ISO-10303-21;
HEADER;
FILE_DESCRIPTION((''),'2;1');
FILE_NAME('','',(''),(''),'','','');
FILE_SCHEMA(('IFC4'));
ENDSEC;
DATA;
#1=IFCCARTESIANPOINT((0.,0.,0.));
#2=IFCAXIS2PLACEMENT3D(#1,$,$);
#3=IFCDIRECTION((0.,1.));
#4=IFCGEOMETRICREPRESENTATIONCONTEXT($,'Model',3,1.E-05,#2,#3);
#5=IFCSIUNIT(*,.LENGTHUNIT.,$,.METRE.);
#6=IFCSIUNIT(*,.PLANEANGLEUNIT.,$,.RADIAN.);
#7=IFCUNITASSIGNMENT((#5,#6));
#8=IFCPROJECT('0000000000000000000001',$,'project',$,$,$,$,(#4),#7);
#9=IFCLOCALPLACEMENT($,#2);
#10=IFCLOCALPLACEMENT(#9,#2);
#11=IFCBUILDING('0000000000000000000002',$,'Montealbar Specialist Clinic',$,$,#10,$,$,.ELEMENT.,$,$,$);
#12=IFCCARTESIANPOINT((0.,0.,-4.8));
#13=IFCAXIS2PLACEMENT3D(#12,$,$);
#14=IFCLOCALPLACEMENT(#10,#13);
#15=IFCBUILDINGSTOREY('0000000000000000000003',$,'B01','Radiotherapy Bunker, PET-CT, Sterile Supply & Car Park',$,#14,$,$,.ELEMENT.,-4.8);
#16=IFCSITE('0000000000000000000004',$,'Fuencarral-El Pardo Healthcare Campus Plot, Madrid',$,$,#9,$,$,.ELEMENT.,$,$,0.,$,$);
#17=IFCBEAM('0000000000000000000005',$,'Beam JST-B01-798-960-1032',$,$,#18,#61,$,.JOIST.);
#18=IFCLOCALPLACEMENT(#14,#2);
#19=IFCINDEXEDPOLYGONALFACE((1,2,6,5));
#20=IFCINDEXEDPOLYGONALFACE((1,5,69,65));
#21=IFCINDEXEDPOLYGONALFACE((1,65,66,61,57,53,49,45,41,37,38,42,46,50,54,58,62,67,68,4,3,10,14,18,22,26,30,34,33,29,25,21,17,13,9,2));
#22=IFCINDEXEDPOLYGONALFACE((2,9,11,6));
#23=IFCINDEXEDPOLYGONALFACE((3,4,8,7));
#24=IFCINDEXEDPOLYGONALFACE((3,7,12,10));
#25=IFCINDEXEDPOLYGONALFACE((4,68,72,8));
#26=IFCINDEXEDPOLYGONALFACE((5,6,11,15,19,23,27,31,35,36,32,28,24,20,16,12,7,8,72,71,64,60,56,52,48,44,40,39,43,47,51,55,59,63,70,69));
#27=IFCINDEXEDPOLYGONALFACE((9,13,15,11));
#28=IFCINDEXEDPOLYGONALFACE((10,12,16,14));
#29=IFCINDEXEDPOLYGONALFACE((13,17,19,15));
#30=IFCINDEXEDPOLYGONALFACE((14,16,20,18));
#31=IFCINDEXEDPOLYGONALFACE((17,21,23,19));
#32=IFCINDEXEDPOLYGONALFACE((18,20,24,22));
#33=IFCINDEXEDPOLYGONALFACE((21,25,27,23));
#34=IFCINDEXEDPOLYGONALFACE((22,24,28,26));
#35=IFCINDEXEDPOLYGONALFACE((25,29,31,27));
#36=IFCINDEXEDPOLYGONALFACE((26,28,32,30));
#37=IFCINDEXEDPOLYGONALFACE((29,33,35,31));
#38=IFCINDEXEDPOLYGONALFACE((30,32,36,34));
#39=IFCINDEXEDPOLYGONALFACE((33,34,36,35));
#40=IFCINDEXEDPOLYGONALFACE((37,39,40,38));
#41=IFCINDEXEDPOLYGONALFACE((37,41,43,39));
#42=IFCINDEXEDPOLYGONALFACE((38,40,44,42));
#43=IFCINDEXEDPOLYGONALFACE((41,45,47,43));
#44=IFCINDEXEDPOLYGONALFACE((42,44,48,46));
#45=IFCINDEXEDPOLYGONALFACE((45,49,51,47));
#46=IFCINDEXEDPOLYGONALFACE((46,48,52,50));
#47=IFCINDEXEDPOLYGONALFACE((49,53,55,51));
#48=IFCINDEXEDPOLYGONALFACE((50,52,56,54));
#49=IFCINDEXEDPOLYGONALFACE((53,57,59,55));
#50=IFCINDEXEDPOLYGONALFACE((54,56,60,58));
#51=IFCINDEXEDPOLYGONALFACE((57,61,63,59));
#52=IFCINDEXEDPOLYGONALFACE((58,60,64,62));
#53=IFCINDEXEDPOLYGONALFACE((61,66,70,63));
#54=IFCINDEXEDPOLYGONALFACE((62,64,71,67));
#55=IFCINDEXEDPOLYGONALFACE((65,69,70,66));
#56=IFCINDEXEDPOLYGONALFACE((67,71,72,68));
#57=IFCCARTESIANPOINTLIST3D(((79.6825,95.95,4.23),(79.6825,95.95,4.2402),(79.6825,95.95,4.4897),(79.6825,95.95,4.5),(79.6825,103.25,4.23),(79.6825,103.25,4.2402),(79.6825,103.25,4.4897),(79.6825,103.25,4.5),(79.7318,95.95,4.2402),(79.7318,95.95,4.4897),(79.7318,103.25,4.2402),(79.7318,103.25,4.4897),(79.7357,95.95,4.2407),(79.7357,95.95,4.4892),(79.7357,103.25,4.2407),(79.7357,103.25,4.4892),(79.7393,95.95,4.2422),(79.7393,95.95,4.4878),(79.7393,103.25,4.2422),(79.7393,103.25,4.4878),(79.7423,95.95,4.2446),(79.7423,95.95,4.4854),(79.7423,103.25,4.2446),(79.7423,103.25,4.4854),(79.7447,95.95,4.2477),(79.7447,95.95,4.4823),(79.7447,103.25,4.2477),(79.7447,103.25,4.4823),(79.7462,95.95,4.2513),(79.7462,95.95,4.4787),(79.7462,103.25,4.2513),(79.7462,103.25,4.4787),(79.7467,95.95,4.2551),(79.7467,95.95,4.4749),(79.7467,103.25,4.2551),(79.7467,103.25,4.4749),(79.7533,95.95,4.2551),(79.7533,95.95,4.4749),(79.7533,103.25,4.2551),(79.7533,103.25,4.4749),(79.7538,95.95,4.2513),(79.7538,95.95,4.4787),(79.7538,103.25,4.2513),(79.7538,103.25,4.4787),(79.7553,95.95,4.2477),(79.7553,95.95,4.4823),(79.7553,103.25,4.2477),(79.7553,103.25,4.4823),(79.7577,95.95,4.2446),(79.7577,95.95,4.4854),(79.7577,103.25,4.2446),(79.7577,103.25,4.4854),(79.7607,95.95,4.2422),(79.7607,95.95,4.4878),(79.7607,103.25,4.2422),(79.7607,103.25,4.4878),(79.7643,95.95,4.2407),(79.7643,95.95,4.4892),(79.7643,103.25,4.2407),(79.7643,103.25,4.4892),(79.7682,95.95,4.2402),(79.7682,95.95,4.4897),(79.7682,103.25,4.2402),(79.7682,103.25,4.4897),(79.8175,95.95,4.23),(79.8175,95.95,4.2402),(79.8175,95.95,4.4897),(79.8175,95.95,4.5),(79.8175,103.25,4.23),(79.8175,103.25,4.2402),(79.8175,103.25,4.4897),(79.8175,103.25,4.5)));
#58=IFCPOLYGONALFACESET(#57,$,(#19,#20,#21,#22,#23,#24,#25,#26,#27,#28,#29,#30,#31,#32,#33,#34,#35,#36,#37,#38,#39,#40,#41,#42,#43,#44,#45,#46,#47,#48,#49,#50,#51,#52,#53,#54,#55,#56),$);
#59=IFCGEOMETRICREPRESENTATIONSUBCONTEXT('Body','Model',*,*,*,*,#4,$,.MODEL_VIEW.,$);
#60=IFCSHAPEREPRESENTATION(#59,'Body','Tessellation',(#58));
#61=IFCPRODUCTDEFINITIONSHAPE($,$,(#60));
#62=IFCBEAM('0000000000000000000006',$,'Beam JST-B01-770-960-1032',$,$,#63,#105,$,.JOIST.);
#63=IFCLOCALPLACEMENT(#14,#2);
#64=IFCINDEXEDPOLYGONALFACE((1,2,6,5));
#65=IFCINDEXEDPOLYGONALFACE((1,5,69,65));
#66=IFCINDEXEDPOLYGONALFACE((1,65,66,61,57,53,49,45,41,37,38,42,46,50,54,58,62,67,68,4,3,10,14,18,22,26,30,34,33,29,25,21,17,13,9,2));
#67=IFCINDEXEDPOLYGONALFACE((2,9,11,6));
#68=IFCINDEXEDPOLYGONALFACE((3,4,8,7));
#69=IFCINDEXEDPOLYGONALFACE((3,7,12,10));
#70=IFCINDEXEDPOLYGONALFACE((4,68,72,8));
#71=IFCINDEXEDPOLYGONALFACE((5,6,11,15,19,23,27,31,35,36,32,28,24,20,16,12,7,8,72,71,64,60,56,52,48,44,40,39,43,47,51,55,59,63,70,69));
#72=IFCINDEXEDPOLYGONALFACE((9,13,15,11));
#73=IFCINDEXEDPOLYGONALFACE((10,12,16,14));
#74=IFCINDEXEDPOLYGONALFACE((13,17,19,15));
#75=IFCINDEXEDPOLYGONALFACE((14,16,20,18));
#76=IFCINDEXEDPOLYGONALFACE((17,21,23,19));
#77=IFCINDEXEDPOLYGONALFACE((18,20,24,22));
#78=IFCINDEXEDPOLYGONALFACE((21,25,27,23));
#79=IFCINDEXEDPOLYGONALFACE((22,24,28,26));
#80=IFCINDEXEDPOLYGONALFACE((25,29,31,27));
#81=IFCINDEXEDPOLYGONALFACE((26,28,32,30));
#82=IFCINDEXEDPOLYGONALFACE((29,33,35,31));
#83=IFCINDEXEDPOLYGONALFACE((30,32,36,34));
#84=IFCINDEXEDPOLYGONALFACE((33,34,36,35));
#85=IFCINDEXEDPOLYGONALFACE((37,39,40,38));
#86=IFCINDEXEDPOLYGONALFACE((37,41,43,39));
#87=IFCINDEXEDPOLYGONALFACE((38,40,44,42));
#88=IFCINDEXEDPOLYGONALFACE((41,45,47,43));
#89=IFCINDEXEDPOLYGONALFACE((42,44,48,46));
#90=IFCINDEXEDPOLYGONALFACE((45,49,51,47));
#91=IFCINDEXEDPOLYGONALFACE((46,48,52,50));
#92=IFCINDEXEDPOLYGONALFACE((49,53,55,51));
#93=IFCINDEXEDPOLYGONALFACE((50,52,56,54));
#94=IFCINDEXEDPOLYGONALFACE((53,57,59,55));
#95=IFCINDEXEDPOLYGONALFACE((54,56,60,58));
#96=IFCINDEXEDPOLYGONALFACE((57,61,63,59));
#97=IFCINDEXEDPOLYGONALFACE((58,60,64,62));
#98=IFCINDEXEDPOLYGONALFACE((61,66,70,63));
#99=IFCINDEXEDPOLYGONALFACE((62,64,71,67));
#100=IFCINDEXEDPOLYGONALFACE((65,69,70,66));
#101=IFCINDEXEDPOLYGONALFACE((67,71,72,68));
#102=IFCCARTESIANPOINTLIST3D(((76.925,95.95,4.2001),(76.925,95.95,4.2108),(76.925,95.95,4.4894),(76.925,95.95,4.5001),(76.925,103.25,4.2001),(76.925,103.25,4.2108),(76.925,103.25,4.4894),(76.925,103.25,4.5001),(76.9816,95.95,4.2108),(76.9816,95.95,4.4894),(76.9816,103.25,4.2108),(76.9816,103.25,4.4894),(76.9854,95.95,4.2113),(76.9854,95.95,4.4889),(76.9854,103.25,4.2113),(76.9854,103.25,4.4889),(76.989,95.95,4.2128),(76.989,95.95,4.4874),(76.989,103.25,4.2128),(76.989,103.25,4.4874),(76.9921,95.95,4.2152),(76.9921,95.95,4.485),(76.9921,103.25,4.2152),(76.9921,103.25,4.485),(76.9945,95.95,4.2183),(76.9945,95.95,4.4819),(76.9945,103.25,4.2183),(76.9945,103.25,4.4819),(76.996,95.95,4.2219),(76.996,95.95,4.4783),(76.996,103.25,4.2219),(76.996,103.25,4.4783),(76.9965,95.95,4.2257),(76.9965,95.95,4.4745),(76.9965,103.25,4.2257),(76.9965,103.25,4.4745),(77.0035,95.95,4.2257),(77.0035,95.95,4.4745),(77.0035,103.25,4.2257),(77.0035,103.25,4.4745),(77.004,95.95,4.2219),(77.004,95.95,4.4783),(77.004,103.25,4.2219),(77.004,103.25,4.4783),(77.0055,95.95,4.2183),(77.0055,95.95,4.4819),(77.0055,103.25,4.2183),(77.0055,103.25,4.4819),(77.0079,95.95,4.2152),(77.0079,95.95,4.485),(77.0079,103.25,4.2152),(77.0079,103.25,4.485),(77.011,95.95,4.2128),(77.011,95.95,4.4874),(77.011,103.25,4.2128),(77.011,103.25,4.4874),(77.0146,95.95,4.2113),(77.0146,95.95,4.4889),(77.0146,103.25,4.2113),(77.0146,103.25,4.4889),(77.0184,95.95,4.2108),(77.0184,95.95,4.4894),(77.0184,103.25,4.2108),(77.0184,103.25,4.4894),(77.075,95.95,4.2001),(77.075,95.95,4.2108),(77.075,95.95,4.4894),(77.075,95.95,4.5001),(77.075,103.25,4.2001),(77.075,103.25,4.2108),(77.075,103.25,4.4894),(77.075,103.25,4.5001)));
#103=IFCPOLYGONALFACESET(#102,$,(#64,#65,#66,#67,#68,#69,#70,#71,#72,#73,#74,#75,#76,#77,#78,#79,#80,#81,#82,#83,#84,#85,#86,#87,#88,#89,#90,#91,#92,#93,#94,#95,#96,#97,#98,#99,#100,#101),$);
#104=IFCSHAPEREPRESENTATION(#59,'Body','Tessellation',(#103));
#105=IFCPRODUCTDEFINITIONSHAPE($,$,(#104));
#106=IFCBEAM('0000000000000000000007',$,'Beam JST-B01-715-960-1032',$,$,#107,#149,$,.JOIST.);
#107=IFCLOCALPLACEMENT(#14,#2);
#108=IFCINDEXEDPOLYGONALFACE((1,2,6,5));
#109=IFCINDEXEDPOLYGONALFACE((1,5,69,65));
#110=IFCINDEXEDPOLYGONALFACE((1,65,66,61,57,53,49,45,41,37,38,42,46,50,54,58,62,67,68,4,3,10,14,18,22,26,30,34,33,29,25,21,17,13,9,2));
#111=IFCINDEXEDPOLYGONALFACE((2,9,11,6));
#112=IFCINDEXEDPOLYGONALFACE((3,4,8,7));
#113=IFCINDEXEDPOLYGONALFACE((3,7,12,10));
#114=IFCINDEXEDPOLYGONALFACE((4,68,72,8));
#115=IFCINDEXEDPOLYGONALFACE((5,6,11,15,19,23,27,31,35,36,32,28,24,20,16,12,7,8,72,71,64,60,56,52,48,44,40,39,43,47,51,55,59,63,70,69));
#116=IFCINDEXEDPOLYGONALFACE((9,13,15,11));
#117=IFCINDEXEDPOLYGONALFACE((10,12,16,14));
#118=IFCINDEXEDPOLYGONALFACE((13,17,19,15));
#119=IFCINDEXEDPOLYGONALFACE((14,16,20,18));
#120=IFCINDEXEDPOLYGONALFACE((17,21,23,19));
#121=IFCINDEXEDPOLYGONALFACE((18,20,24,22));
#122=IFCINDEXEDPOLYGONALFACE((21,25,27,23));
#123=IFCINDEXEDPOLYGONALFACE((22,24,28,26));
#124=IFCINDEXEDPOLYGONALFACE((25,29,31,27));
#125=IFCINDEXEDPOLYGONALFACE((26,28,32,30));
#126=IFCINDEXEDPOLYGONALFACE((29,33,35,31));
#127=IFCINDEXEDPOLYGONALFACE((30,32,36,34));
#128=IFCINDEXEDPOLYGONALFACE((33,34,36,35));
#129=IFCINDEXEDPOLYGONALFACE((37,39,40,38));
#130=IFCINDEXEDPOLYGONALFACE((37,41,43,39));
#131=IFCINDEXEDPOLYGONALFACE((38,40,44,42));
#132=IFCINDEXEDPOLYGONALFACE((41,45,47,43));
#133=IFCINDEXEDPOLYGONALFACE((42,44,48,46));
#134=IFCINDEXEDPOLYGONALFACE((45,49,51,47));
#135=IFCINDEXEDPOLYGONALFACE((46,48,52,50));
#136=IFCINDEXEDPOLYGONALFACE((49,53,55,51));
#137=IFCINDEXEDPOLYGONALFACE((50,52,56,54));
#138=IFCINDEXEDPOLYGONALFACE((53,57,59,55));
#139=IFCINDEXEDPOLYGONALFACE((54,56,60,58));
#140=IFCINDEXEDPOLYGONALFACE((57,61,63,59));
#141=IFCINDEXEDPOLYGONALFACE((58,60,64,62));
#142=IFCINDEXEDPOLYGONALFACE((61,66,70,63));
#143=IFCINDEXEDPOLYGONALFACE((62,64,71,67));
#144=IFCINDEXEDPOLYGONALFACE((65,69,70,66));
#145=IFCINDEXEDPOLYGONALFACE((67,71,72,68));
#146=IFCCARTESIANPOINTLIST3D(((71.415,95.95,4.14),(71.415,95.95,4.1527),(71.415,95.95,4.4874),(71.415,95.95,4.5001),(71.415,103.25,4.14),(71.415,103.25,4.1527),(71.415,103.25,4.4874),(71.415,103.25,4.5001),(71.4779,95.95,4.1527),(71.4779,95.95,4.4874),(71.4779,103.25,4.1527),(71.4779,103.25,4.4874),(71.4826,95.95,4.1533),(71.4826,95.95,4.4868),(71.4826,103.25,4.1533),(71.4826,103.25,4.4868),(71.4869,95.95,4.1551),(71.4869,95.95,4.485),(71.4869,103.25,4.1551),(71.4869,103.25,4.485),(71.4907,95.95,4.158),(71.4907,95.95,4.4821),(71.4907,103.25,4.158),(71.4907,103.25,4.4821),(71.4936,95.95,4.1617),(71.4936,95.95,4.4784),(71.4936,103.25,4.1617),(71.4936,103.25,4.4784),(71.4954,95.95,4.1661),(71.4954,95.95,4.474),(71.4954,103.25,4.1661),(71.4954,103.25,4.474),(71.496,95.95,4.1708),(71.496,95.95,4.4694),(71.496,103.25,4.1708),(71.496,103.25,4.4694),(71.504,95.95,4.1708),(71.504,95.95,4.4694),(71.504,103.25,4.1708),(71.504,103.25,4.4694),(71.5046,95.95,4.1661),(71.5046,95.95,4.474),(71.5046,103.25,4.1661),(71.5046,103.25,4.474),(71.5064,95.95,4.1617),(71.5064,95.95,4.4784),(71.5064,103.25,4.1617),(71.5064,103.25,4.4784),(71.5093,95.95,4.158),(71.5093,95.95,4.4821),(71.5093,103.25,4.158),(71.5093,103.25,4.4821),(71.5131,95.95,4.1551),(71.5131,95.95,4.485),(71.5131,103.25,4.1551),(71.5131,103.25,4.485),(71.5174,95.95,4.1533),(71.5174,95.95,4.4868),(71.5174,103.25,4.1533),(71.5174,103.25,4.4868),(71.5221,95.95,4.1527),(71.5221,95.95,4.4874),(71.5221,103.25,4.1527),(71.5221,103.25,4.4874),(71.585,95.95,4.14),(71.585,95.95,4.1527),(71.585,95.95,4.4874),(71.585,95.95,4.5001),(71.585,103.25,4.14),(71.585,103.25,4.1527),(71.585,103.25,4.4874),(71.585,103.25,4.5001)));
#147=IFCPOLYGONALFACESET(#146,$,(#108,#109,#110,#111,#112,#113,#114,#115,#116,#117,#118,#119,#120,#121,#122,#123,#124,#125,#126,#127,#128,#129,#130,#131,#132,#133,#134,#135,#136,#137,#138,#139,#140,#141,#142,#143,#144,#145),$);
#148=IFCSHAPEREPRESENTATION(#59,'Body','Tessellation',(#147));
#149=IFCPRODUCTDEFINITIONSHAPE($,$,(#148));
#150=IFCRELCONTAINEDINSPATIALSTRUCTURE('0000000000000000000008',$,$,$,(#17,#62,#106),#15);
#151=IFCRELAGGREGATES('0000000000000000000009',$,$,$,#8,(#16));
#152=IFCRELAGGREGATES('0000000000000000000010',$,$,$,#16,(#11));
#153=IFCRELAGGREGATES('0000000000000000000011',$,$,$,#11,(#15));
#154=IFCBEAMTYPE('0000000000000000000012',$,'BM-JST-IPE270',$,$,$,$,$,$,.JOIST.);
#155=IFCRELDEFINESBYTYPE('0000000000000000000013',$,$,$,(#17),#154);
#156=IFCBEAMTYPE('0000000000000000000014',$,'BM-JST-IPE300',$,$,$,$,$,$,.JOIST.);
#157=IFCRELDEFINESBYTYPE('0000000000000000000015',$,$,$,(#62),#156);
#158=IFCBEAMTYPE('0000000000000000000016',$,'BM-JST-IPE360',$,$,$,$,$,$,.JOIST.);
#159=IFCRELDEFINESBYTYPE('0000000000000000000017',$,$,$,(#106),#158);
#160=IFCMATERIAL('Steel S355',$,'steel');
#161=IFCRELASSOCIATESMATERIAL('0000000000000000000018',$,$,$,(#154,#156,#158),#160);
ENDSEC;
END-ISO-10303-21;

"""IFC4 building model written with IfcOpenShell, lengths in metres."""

from ifc_helpers import new_model, si_unit, direction, frame, origin, origin_2d, place, context, subcontext, project, spatial, i_section, extrude, material, material_profile, profile_set, type_object, element, save


model = new_model("IFC4")

# Units and contexts
model_context = context("Model", 3, precision=1e-05, world=origin(), true_north=direction((0.0, 1.0)))
body_context = subcontext(model_context, "Body", "Model", "MODEL_VIEW")
ifc_project = project(units=[si_unit("LENGTHUNIT", "METRE"), si_unit("PLANEANGLEUNIT", "RADIAN")], contexts=[model_context])

# Site, building, storey
site_placement = place(None, origin())
site = spatial("IfcSite", under=ifc_project, at=site_placement, Name="Fuencarral-El Pardo Healthcare Campus Plot, Madrid", CompositionType="ELEMENT", RefElevation=0.0)
building_placement = place(site_placement, origin())
building = spatial("IfcBuilding", under=site, at=building_placement, Name="Montealbar Specialist Clinic", CompositionType="ELEMENT")
storey_placement = place(building_placement, frame((0.0, 0.0, -4.8)))
storey = spatial("IfcBuildingStorey", under=building, at=storey_placement, Name="B01", Description="Radiotherapy Bunker, PET-CT, Sterile Supply & Car Park", CompositionType="ELEMENT", Elevation=-4.8)

# Shared definitions
ifc_material_1 = material(Name="Steel S355", Category="steel")

# Beams
ifc_material_profile_1 = material_profile(ifc_material_1, i_section(OverallWidth=0.135, OverallDepth=0.27, WebThickness=0.0066, FlangeThickness=0.0103, FilletRadius=0.0149, at=origin_2d()), Name="IPE 270", Category="steel")
ifc_profile_set_1 = profile_set([ifc_material_profile_1], Name="Steel S355")
beam_type_1 = type_object("IfcBeamType", Name="BM-JST-IPE270", PredefinedType="JOIST", material=ifc_profile_set_1)
beam_1_placement = place(storey_placement, frame((79.75, 95.95, 4.365), z_axis=(0.0, 1.0, 0.0), x_axis=(-1.0, 0.0, 0.0)))
element("IfcBeam", 1, at=beam_1_placement, inside=storey, type_object=beam_type_1, Name="Beam JST-B01-798-960-1032", PredefinedType="JOIST", context=body_context, shape_type="SweptSolid", body=[
    extrude(i_section(OverallWidth=0.135, OverallDepth=0.27, WebThickness=0.0066, FlangeThickness=0.0103, FilletRadius=0.0149, at=origin_2d()), origin(), (0.0, 0.0, 1.0), 7.3),
])
ifc_material_profile_2 = material_profile(ifc_material_1, i_section(OverallWidth=0.1499, OverallDepth=0.3, WebThickness=0.0071, FlangeThickness=0.0107, FilletRadius=0.0149, at=origin_2d()), Name="IPE 300", Category="steel")
ifc_profile_set_2 = profile_set([ifc_material_profile_2], Name="Steel S355")
beam_type_2 = type_object("IfcBeamType", Name="BM-JST-IPE300", PredefinedType="JOIST", material=ifc_profile_set_2)
beam_2_placement = place(storey_placement, frame((77.0, 95.95, 4.3501), z_axis=(0.0, 1.0, 0.0), x_axis=(-1.0, 0.0, 0.0)))
element("IfcBeam", 2, at=beam_2_placement, inside=storey, type_object=beam_type_2, Name="Beam JST-B01-770-960-1032", PredefinedType="JOIST", context=body_context, shape_type="SweptSolid", body=[
    extrude(i_section(OverallWidth=0.1499, OverallDepth=0.3, WebThickness=0.0071, FlangeThickness=0.0107, FilletRadius=0.0149, at=origin_2d()), origin(), (0.0, 0.0, 1.0), 7.3),
])
ifc_material_profile_3 = material_profile(ifc_material_1, i_section(OverallWidth=0.1699, OverallDepth=0.3601, WebThickness=0.0081, FlangeThickness=0.0127, FilletRadius=0.0181, at=origin_2d()), Name="IPE 360", Category="steel")
ifc_profile_set_3 = profile_set([ifc_material_profile_3], Name="Steel S355")
beam_type_3 = type_object("IfcBeamType", Name="BM-JST-IPE360", PredefinedType="JOIST", material=ifc_profile_set_3)
beam_3_placement = place(storey_placement, frame((71.5, 95.95, 4.3201), z_axis=(0.0, 1.0, 0.0), x_axis=(-1.0, 0.0, 0.0)))
element("IfcBeam", 3, at=beam_3_placement, inside=storey, type_object=beam_type_3, Name="Beam JST-B01-715-960-1032", PredefinedType="JOIST", context=body_context, shape_type="SweptSolid", body=[
    extrude(i_section(OverallWidth=0.1699, OverallDepth=0.3601, WebThickness=0.0081, FlangeThickness=0.0127, FilletRadius=0.0181, at=origin_2d()), origin(), (0.0, 0.0, 1.0), 7.3),
])

save(model, "model.ifc")
